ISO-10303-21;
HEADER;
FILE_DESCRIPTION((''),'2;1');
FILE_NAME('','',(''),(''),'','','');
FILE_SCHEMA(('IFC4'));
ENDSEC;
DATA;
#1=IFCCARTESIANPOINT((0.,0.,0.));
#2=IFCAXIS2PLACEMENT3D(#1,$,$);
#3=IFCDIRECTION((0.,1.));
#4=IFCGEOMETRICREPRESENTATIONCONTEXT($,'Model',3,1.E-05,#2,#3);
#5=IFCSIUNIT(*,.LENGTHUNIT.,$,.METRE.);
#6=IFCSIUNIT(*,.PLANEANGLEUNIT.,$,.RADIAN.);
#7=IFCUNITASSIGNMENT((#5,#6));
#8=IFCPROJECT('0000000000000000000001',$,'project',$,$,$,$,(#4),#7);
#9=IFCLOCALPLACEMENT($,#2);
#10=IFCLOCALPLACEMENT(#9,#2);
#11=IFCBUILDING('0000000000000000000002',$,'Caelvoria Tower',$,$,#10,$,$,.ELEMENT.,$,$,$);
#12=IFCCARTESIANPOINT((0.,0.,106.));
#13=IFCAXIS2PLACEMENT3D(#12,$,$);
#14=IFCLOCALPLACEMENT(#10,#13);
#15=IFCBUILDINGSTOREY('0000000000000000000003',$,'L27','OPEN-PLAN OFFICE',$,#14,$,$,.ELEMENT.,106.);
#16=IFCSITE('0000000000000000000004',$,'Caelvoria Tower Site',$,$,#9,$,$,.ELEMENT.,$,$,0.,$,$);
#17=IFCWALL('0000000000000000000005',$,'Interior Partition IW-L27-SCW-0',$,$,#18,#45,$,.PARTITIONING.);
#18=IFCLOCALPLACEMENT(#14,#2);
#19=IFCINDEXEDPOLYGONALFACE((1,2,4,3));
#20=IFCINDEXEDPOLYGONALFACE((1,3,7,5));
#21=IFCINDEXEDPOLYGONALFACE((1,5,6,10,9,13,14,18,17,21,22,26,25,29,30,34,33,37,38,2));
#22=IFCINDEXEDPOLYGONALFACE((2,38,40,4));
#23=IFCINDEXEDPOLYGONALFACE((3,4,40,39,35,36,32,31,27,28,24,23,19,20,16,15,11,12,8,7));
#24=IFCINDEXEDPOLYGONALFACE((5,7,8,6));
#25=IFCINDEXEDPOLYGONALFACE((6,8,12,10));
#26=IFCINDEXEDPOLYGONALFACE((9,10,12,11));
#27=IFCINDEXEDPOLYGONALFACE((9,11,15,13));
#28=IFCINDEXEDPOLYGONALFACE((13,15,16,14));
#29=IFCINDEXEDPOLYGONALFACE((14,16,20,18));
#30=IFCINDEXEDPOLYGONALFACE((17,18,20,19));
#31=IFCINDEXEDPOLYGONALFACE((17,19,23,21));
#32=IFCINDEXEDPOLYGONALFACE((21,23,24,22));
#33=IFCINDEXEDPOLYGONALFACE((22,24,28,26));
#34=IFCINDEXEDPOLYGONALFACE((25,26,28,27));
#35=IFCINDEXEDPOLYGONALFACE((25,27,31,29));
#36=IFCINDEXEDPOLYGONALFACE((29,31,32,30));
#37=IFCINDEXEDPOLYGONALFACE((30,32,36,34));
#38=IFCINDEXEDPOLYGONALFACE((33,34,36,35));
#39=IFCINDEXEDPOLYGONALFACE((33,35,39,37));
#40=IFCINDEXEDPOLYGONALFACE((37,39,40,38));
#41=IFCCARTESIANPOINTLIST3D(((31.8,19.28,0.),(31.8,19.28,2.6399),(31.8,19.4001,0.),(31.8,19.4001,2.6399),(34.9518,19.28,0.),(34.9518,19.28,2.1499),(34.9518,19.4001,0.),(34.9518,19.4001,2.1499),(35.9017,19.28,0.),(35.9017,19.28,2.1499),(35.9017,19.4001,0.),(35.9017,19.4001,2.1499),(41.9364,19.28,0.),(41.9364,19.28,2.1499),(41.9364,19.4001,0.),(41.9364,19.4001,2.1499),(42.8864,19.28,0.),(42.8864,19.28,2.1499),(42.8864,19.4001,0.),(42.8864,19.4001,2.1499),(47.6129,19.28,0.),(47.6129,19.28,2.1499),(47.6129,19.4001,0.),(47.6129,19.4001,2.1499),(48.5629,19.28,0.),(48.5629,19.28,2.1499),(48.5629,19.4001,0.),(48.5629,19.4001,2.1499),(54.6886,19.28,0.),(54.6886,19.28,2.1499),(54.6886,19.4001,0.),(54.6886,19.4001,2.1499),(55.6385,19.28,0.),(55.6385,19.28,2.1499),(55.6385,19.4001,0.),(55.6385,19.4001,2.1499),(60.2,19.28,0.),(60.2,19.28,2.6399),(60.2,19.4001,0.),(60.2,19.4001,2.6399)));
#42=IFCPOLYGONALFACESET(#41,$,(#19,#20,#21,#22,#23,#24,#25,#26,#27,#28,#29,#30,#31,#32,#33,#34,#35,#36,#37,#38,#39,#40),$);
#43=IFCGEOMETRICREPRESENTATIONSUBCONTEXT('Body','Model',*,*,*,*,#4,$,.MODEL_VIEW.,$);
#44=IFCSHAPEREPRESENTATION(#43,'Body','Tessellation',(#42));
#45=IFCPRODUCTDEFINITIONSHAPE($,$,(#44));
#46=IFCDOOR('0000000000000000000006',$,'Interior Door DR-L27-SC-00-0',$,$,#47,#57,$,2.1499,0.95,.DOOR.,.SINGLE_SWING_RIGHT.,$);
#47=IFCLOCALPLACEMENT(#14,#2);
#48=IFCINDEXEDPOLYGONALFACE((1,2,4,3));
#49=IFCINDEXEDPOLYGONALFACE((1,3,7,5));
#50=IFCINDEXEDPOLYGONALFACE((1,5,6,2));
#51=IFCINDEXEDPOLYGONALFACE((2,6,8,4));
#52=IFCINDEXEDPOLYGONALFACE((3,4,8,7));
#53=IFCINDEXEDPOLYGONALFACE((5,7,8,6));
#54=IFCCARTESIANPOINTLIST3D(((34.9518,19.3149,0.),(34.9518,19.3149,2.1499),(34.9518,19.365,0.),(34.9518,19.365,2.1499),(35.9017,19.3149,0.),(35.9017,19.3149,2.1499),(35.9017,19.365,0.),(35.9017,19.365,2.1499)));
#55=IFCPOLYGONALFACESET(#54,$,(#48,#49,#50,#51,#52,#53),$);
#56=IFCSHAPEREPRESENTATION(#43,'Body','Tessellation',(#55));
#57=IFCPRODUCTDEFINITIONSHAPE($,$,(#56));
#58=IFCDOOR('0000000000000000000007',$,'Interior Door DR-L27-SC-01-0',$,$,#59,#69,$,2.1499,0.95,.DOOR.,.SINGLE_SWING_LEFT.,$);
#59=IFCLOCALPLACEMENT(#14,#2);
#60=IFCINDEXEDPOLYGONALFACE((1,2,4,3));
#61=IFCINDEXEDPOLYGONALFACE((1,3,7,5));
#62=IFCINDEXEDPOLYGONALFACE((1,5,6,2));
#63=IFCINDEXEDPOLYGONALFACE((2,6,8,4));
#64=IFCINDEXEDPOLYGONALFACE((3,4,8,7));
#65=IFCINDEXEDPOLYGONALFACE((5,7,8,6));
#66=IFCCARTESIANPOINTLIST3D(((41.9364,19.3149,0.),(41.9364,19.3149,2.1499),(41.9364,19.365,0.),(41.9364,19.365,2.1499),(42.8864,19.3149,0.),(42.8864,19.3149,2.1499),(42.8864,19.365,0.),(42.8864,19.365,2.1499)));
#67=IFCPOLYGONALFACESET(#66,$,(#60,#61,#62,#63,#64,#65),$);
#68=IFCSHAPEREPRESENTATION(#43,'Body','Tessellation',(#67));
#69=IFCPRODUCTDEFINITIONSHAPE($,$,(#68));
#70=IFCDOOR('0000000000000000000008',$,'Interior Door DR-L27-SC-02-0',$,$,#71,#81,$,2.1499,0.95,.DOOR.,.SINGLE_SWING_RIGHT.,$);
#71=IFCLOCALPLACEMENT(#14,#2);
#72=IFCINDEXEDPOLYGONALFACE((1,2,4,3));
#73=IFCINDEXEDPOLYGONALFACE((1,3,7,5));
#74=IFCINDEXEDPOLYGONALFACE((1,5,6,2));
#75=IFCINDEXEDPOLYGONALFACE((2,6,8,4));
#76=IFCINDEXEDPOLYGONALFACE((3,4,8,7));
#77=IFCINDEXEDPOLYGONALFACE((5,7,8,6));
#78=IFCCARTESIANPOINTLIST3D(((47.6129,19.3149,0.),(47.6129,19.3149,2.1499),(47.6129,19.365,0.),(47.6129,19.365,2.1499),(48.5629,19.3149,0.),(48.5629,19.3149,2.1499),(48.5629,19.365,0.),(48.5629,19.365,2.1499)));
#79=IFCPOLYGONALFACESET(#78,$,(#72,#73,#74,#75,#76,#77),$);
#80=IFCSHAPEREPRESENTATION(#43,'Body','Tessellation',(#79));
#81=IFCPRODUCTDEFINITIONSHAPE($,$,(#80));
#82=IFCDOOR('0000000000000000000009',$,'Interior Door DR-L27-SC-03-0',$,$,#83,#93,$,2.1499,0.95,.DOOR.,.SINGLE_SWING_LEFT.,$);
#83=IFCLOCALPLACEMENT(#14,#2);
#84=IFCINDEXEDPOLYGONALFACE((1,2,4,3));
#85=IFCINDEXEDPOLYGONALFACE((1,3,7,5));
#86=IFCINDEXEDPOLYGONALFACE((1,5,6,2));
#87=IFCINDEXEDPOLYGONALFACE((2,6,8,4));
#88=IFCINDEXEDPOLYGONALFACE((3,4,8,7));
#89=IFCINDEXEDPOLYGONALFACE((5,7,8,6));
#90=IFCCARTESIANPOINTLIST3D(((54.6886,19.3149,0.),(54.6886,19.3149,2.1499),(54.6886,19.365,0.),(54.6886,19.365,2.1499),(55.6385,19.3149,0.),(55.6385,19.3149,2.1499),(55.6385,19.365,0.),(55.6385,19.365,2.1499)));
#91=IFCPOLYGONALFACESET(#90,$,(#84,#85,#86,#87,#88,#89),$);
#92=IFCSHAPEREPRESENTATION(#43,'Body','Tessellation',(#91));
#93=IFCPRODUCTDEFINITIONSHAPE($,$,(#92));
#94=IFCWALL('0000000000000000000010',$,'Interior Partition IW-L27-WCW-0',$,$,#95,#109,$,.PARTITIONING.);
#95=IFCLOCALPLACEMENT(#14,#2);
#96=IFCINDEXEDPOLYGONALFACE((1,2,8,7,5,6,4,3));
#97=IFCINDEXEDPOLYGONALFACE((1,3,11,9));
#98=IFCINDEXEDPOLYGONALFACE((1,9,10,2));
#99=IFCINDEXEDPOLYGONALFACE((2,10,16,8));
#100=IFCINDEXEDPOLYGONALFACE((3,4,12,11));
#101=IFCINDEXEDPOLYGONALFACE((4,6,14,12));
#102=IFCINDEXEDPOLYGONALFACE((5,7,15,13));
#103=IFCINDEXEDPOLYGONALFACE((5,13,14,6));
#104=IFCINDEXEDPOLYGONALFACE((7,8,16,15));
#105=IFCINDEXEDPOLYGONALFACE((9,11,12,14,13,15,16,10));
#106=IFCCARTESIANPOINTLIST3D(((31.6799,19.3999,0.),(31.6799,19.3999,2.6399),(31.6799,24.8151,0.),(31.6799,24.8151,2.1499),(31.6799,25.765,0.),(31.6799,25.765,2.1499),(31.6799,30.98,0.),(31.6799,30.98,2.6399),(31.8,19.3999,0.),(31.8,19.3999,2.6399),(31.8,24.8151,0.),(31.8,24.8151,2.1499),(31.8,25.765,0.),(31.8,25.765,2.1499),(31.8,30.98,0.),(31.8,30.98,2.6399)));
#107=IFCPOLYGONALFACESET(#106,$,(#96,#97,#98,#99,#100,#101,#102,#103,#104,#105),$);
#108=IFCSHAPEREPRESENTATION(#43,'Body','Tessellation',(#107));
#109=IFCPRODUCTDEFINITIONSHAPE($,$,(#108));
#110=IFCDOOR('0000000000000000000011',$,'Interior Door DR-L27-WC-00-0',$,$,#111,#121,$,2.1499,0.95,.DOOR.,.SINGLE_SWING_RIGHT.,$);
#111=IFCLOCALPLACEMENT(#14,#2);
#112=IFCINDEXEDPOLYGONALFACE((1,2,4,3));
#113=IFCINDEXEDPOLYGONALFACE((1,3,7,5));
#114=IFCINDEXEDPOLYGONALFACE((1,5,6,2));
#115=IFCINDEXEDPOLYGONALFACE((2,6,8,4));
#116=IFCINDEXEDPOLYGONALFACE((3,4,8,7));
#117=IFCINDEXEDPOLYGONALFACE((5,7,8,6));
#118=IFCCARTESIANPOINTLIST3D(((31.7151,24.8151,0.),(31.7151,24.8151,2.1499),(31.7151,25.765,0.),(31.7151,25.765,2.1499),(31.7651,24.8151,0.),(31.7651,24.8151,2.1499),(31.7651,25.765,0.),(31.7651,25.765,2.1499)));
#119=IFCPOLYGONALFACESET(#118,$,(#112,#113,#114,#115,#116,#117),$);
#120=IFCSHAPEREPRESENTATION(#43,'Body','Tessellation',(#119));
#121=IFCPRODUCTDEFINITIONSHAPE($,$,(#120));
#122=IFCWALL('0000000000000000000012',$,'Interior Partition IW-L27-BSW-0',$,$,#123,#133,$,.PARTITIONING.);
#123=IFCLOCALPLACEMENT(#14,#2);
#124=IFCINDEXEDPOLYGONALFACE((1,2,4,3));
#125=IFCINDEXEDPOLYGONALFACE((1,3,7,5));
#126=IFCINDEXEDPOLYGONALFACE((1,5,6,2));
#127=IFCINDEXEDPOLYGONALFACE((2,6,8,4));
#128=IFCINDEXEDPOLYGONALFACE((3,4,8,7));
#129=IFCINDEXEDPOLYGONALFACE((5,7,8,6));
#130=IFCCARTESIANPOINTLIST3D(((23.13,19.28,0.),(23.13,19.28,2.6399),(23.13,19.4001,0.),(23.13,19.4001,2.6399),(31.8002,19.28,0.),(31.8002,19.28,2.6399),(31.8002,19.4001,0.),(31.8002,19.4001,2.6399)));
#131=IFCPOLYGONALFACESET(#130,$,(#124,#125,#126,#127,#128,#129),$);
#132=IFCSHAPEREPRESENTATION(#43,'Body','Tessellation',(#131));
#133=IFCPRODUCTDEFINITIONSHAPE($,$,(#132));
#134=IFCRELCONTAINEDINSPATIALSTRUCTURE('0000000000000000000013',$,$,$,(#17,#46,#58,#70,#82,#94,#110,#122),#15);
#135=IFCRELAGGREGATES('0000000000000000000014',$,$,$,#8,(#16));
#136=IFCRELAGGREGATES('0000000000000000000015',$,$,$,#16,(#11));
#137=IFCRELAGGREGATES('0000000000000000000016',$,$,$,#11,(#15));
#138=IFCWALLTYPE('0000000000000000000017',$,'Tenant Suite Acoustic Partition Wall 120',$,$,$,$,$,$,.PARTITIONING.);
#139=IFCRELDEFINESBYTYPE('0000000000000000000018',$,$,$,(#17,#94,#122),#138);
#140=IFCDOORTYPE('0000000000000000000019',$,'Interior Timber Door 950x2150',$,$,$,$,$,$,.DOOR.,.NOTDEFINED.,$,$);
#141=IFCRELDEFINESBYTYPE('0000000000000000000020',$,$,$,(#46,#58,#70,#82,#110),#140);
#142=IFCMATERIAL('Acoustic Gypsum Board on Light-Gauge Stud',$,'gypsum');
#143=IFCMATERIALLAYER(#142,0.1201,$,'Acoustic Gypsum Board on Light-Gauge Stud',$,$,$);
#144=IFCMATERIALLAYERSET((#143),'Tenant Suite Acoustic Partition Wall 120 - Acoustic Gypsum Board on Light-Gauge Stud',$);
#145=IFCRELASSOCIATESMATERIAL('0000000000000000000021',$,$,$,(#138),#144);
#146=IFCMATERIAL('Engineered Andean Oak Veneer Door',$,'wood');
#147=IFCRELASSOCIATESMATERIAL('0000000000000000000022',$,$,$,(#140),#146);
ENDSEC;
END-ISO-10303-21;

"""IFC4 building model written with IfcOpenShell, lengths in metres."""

from ifc_helpers import new_model, si_unit, direction, frame, frame_2d, origin, place, context, subcontext, project, spatial, rectangle, extrude, material, layer, layer_set, type_object, element, fill, save


model = new_model("IFC4")

# Units and contexts
model_context = context("Model", 3, precision=1e-05, world=origin(), true_north=direction((0.0, 1.0)))
body_context = subcontext(model_context, "Body", "Model", "MODEL_VIEW")
ifc_project = project(units=[si_unit("LENGTHUNIT", "METRE"), si_unit("PLANEANGLEUNIT", "RADIAN")], contexts=[model_context])

# Site, building, storey
site_placement = place(None, origin())
site = spatial("IfcSite", under=ifc_project, at=site_placement, Name="Caelvoria Tower Site", CompositionType="ELEMENT", RefElevation=0.0)
building_placement = place(site_placement, origin())
building = spatial("IfcBuilding", under=site, at=building_placement, Name="Caelvoria Tower", CompositionType="ELEMENT")
storey_placement = place(building_placement, frame((0.0, 0.0, 106.0)))
storey = spatial("IfcBuildingStorey", under=building, at=storey_placement, Name="L27", Description="OPEN-PLAN OFFICE", CompositionType="ELEMENT", Elevation=106.0)

# Shared definitions
ifc_material_1 = material(Name="Acoustic Gypsum Board on Light-Gauge Stud", Category="gypsum")
ifc_layer_1 = layer(ifc_material_1, 0.1201, Name="Acoustic Gypsum Board on Light-Gauge Stud")
ifc_layer_set_1 = layer_set([ifc_layer_1], Name="Tenant Suite Acoustic Partition Wall 120 - Acoustic Gypsum Board on Light-Gauge Stud")
wall_type_1 = type_object("IfcWallType", Name="Tenant Suite Acoustic Partition Wall 120", PredefinedType="PARTITIONING", material=ifc_layer_set_1)
ifc_material_2 = material(Name="Engineered Andean Oak Veneer Door", Category="wood")

# Wall, openings, doors
wall_1_placement = place(storey_placement, frame((31.8, 19.3401, 0.0), z_axis=(0.0, 0.0, 1.0), x_axis=(1.0, 0.0, 0.0)))
wall_1 = element("IfcWall", 1, at=wall_1_placement, inside=storey, type_object=wall_type_1, Name="Interior Partition IW-L27-SCW-0", PredefinedType="PARTITIONING", context=body_context, shape_type="SweptSolid", body=[
    extrude(rectangle(XDim=28.3999, YDim=0.1201, at=frame_2d((14.2, 0.0))), origin(), (0.0, 0.0, 1.0), 2.6399),
])
opening_1_placement = place(wall_1_placement, frame((3.1516, 0.0, 0.0)))
opening_1 = element("IfcOpeningElement", 2, at=opening_1_placement, cuts=wall_1, PredefinedType="OPENING", context=body_context, shape_type="SweptSolid", body=[
    extrude(rectangle(XDim=0.95, YDim=2.1499, at=frame_2d((0.4751, 1.075))), frame((0.0, 0.0701, 0.0), z_axis=(0.0, -1.0, 0.0), x_axis=(1.0, 0.0, 0.0)), (0.0, 0.0, 1.0), 0.1401),
])
opening_2_placement = place(wall_1_placement, frame((10.1362, 0.0, 0.0)))
opening_2 = element("IfcOpeningElement", 3, at=opening_2_placement, cuts=wall_1, PredefinedType="OPENING", context=body_context, shape_type="SweptSolid", body=[
    extrude(rectangle(XDim=0.95, YDim=2.1499, at=frame_2d((0.4751, 1.075))), frame((0.0, 0.0701, 0.0), z_axis=(0.0, -1.0, 0.0), x_axis=(1.0, 0.0, 0.0)), (0.0, 0.0, 1.0), 0.1401),
])
opening_3_placement = place(wall_1_placement, frame((15.8127, 0.0, 0.0)))
opening_3 = element("IfcOpeningElement", 4, at=opening_3_placement, cuts=wall_1, PredefinedType="OPENING", context=body_context, shape_type="SweptSolid", body=[
    extrude(rectangle(XDim=0.95, YDim=2.1499, at=frame_2d((0.4751, 1.075))), frame((0.0, 0.0701, 0.0), z_axis=(0.0, -1.0, 0.0), x_axis=(1.0, 0.0, 0.0)), (0.0, 0.0, 1.0), 0.1401),
])
opening_4_placement = place(wall_1_placement, frame((22.8884, 0.0, 0.0)))
opening_4 = element("IfcOpeningElement", 5, at=opening_4_placement, cuts=wall_1, PredefinedType="OPENING", context=body_context, shape_type="SweptSolid", body=[
    extrude(rectangle(XDim=0.95, YDim=2.1499, at=frame_2d((0.4751, 1.075))), frame((0.0, 0.0701, 0.0), z_axis=(0.0, -1.0, 0.0), x_axis=(1.0, 0.0, 0.0)), (0.0, 0.0, 1.0), 0.1401),
])
door_type_1 = type_object("IfcDoorType", Name="Interior Timber Door 950x2150", OperationType="NOTDEFINED", PredefinedType="DOOR", material=ifc_material_2)
door_1_placement = place(opening_1_placement, origin())
door_1 = element("IfcDoor", 6, at=door_1_placement, inside=storey, type_object=door_type_1, Name="Interior Door DR-L27-SC-00-0", OperationType="SINGLE_SWING_RIGHT", OverallHeight=2.1499, OverallWidth=0.95, PredefinedType="DOOR", context=body_context, shape_type="SweptSolid", body=[
    extrude(rectangle(XDim=0.95, YDim=2.1499, at=frame_2d((0.4751, 1.075))), frame((0.0, 0.0249, 0.0), z_axis=(0.0, -1.0, 0.0), x_axis=(1.0, 0.0, 0.0)), (0.0, 0.0, 1.0), 0.05),
])
fill(opening_1, door_1)
door_2_placement = place(opening_2_placement, origin())
door_2 = element("IfcDoor", 7, at=door_2_placement, inside=storey, type_object=door_type_1, Name="Interior Door DR-L27-SC-01-0", OperationType="SINGLE_SWING_LEFT", OverallHeight=2.1499, OverallWidth=0.95, PredefinedType="DOOR", context=body_context, shape_type="SweptSolid", body=[
    extrude(rectangle(XDim=0.95, YDim=2.1499, at=frame_2d((0.4751, 1.075))), frame((0.0, 0.0249, 0.0), z_axis=(0.0, -1.0, 0.0), x_axis=(1.0, 0.0, 0.0)), (0.0, 0.0, 1.0), 0.05),
])
fill(opening_2, door_2)
door_3_placement = place(opening_3_placement, origin())
door_3 = element("IfcDoor", 8, at=door_3_placement, inside=storey, type_object=door_type_1, Name="Interior Door DR-L27-SC-02-0", OperationType="SINGLE_SWING_RIGHT", OverallHeight=2.1499, OverallWidth=0.95, PredefinedType="DOOR", context=body_context, shape_type="SweptSolid", body=[
    extrude(rectangle(XDim=0.95, YDim=2.1499, at=frame_2d((0.4751, 1.075))), frame((0.0, 0.0249, 0.0), z_axis=(0.0, -1.0, 0.0), x_axis=(1.0, 0.0, 0.0)), (0.0, 0.0, 1.0), 0.05),
])
fill(opening_3, door_3)
door_4_placement = place(opening_4_placement, origin())
door_4 = element("IfcDoor", 9, at=door_4_placement, inside=storey, type_object=door_type_1, Name="Interior Door DR-L27-SC-03-0", OperationType="SINGLE_SWING_LEFT", OverallHeight=2.1499, OverallWidth=0.95, PredefinedType="DOOR", context=body_context, shape_type="SweptSolid", body=[
    extrude(rectangle(XDim=0.95, YDim=2.1499, at=frame_2d((0.4751, 1.075))), frame((0.0, 0.0249, 0.0), z_axis=(0.0, -1.0, 0.0), x_axis=(1.0, 0.0, 0.0)), (0.0, 0.0, 1.0), 0.05),
])
fill(opening_4, door_4)

# Wall, opening, door
wall_2_placement = place(storey_placement, frame((31.74, 19.3999, 0.0), z_axis=(0.0, 0.0, 1.0), x_axis=(0.0, 1.0, 0.0)))
wall_2 = element("IfcWall", 10, at=wall_2_placement, inside=storey, type_object=wall_type_1, Name="Interior Partition IW-L27-WCW-0", PredefinedType="PARTITIONING", context=body_context, shape_type="SweptSolid", body=[
    extrude(rectangle(XDim=11.5801, YDim=0.1201, at=frame_2d((5.79, 0.0))), origin(), (0.0, 0.0, 1.0), 2.6399),
])
opening_5_placement = place(wall_2_placement, frame((5.415, 0.0, 0.0)))
opening_5 = element("IfcOpeningElement", 11, at=opening_5_placement, cuts=wall_2, PredefinedType="OPENING", context=body_context, shape_type="SweptSolid", body=[
    extrude(rectangle(XDim=0.95, YDim=2.1499, at=frame_2d((0.4751, 1.075))), frame((0.0, 0.0701, 0.0), z_axis=(0.0, -1.0, 0.0), x_axis=(1.0, 0.0, 0.0)), (0.0, 0.0, 1.0), 0.1401),
])
door_5_placement = place(opening_5_placement, origin())
door_5 = element("IfcDoor", 12, at=door_5_placement, inside=storey, type_object=door_type_1, Name="Interior Door DR-L27-WC-00-0", OperationType="SINGLE_SWING_RIGHT", OverallHeight=2.1499, OverallWidth=0.95, PredefinedType="DOOR", context=body_context, shape_type="SweptSolid", body=[
    extrude(rectangle(XDim=0.95, YDim=2.1499, at=frame_2d((0.4751, 1.075))), frame((0.0, 0.0249, 0.0), z_axis=(0.0, -1.0, 0.0), x_axis=(1.0, 0.0, 0.0)), (0.0, 0.0, 1.0), 0.05),
])
fill(opening_5, door_5)

# Wall
wall_3_placement = place(storey_placement, frame((31.8, 19.3401, 0.0), z_axis=(0.0, 0.0, 1.0), x_axis=(-1.0, 0.0, 0.0)))
element("IfcWall", 13, at=wall_3_placement, inside=storey, type_object=wall_type_1, Name="Interior Partition IW-L27-BSW-0", PredefinedType="PARTITIONING", context=body_context, shape_type="SweptSolid", body=[
    extrude(rectangle(XDim=8.6702, YDim=0.1201, at=frame_2d((4.335, 0.0))), origin(), (0.0, 0.0, 1.0), 2.6399),
])

save(model, "model.ifc")
